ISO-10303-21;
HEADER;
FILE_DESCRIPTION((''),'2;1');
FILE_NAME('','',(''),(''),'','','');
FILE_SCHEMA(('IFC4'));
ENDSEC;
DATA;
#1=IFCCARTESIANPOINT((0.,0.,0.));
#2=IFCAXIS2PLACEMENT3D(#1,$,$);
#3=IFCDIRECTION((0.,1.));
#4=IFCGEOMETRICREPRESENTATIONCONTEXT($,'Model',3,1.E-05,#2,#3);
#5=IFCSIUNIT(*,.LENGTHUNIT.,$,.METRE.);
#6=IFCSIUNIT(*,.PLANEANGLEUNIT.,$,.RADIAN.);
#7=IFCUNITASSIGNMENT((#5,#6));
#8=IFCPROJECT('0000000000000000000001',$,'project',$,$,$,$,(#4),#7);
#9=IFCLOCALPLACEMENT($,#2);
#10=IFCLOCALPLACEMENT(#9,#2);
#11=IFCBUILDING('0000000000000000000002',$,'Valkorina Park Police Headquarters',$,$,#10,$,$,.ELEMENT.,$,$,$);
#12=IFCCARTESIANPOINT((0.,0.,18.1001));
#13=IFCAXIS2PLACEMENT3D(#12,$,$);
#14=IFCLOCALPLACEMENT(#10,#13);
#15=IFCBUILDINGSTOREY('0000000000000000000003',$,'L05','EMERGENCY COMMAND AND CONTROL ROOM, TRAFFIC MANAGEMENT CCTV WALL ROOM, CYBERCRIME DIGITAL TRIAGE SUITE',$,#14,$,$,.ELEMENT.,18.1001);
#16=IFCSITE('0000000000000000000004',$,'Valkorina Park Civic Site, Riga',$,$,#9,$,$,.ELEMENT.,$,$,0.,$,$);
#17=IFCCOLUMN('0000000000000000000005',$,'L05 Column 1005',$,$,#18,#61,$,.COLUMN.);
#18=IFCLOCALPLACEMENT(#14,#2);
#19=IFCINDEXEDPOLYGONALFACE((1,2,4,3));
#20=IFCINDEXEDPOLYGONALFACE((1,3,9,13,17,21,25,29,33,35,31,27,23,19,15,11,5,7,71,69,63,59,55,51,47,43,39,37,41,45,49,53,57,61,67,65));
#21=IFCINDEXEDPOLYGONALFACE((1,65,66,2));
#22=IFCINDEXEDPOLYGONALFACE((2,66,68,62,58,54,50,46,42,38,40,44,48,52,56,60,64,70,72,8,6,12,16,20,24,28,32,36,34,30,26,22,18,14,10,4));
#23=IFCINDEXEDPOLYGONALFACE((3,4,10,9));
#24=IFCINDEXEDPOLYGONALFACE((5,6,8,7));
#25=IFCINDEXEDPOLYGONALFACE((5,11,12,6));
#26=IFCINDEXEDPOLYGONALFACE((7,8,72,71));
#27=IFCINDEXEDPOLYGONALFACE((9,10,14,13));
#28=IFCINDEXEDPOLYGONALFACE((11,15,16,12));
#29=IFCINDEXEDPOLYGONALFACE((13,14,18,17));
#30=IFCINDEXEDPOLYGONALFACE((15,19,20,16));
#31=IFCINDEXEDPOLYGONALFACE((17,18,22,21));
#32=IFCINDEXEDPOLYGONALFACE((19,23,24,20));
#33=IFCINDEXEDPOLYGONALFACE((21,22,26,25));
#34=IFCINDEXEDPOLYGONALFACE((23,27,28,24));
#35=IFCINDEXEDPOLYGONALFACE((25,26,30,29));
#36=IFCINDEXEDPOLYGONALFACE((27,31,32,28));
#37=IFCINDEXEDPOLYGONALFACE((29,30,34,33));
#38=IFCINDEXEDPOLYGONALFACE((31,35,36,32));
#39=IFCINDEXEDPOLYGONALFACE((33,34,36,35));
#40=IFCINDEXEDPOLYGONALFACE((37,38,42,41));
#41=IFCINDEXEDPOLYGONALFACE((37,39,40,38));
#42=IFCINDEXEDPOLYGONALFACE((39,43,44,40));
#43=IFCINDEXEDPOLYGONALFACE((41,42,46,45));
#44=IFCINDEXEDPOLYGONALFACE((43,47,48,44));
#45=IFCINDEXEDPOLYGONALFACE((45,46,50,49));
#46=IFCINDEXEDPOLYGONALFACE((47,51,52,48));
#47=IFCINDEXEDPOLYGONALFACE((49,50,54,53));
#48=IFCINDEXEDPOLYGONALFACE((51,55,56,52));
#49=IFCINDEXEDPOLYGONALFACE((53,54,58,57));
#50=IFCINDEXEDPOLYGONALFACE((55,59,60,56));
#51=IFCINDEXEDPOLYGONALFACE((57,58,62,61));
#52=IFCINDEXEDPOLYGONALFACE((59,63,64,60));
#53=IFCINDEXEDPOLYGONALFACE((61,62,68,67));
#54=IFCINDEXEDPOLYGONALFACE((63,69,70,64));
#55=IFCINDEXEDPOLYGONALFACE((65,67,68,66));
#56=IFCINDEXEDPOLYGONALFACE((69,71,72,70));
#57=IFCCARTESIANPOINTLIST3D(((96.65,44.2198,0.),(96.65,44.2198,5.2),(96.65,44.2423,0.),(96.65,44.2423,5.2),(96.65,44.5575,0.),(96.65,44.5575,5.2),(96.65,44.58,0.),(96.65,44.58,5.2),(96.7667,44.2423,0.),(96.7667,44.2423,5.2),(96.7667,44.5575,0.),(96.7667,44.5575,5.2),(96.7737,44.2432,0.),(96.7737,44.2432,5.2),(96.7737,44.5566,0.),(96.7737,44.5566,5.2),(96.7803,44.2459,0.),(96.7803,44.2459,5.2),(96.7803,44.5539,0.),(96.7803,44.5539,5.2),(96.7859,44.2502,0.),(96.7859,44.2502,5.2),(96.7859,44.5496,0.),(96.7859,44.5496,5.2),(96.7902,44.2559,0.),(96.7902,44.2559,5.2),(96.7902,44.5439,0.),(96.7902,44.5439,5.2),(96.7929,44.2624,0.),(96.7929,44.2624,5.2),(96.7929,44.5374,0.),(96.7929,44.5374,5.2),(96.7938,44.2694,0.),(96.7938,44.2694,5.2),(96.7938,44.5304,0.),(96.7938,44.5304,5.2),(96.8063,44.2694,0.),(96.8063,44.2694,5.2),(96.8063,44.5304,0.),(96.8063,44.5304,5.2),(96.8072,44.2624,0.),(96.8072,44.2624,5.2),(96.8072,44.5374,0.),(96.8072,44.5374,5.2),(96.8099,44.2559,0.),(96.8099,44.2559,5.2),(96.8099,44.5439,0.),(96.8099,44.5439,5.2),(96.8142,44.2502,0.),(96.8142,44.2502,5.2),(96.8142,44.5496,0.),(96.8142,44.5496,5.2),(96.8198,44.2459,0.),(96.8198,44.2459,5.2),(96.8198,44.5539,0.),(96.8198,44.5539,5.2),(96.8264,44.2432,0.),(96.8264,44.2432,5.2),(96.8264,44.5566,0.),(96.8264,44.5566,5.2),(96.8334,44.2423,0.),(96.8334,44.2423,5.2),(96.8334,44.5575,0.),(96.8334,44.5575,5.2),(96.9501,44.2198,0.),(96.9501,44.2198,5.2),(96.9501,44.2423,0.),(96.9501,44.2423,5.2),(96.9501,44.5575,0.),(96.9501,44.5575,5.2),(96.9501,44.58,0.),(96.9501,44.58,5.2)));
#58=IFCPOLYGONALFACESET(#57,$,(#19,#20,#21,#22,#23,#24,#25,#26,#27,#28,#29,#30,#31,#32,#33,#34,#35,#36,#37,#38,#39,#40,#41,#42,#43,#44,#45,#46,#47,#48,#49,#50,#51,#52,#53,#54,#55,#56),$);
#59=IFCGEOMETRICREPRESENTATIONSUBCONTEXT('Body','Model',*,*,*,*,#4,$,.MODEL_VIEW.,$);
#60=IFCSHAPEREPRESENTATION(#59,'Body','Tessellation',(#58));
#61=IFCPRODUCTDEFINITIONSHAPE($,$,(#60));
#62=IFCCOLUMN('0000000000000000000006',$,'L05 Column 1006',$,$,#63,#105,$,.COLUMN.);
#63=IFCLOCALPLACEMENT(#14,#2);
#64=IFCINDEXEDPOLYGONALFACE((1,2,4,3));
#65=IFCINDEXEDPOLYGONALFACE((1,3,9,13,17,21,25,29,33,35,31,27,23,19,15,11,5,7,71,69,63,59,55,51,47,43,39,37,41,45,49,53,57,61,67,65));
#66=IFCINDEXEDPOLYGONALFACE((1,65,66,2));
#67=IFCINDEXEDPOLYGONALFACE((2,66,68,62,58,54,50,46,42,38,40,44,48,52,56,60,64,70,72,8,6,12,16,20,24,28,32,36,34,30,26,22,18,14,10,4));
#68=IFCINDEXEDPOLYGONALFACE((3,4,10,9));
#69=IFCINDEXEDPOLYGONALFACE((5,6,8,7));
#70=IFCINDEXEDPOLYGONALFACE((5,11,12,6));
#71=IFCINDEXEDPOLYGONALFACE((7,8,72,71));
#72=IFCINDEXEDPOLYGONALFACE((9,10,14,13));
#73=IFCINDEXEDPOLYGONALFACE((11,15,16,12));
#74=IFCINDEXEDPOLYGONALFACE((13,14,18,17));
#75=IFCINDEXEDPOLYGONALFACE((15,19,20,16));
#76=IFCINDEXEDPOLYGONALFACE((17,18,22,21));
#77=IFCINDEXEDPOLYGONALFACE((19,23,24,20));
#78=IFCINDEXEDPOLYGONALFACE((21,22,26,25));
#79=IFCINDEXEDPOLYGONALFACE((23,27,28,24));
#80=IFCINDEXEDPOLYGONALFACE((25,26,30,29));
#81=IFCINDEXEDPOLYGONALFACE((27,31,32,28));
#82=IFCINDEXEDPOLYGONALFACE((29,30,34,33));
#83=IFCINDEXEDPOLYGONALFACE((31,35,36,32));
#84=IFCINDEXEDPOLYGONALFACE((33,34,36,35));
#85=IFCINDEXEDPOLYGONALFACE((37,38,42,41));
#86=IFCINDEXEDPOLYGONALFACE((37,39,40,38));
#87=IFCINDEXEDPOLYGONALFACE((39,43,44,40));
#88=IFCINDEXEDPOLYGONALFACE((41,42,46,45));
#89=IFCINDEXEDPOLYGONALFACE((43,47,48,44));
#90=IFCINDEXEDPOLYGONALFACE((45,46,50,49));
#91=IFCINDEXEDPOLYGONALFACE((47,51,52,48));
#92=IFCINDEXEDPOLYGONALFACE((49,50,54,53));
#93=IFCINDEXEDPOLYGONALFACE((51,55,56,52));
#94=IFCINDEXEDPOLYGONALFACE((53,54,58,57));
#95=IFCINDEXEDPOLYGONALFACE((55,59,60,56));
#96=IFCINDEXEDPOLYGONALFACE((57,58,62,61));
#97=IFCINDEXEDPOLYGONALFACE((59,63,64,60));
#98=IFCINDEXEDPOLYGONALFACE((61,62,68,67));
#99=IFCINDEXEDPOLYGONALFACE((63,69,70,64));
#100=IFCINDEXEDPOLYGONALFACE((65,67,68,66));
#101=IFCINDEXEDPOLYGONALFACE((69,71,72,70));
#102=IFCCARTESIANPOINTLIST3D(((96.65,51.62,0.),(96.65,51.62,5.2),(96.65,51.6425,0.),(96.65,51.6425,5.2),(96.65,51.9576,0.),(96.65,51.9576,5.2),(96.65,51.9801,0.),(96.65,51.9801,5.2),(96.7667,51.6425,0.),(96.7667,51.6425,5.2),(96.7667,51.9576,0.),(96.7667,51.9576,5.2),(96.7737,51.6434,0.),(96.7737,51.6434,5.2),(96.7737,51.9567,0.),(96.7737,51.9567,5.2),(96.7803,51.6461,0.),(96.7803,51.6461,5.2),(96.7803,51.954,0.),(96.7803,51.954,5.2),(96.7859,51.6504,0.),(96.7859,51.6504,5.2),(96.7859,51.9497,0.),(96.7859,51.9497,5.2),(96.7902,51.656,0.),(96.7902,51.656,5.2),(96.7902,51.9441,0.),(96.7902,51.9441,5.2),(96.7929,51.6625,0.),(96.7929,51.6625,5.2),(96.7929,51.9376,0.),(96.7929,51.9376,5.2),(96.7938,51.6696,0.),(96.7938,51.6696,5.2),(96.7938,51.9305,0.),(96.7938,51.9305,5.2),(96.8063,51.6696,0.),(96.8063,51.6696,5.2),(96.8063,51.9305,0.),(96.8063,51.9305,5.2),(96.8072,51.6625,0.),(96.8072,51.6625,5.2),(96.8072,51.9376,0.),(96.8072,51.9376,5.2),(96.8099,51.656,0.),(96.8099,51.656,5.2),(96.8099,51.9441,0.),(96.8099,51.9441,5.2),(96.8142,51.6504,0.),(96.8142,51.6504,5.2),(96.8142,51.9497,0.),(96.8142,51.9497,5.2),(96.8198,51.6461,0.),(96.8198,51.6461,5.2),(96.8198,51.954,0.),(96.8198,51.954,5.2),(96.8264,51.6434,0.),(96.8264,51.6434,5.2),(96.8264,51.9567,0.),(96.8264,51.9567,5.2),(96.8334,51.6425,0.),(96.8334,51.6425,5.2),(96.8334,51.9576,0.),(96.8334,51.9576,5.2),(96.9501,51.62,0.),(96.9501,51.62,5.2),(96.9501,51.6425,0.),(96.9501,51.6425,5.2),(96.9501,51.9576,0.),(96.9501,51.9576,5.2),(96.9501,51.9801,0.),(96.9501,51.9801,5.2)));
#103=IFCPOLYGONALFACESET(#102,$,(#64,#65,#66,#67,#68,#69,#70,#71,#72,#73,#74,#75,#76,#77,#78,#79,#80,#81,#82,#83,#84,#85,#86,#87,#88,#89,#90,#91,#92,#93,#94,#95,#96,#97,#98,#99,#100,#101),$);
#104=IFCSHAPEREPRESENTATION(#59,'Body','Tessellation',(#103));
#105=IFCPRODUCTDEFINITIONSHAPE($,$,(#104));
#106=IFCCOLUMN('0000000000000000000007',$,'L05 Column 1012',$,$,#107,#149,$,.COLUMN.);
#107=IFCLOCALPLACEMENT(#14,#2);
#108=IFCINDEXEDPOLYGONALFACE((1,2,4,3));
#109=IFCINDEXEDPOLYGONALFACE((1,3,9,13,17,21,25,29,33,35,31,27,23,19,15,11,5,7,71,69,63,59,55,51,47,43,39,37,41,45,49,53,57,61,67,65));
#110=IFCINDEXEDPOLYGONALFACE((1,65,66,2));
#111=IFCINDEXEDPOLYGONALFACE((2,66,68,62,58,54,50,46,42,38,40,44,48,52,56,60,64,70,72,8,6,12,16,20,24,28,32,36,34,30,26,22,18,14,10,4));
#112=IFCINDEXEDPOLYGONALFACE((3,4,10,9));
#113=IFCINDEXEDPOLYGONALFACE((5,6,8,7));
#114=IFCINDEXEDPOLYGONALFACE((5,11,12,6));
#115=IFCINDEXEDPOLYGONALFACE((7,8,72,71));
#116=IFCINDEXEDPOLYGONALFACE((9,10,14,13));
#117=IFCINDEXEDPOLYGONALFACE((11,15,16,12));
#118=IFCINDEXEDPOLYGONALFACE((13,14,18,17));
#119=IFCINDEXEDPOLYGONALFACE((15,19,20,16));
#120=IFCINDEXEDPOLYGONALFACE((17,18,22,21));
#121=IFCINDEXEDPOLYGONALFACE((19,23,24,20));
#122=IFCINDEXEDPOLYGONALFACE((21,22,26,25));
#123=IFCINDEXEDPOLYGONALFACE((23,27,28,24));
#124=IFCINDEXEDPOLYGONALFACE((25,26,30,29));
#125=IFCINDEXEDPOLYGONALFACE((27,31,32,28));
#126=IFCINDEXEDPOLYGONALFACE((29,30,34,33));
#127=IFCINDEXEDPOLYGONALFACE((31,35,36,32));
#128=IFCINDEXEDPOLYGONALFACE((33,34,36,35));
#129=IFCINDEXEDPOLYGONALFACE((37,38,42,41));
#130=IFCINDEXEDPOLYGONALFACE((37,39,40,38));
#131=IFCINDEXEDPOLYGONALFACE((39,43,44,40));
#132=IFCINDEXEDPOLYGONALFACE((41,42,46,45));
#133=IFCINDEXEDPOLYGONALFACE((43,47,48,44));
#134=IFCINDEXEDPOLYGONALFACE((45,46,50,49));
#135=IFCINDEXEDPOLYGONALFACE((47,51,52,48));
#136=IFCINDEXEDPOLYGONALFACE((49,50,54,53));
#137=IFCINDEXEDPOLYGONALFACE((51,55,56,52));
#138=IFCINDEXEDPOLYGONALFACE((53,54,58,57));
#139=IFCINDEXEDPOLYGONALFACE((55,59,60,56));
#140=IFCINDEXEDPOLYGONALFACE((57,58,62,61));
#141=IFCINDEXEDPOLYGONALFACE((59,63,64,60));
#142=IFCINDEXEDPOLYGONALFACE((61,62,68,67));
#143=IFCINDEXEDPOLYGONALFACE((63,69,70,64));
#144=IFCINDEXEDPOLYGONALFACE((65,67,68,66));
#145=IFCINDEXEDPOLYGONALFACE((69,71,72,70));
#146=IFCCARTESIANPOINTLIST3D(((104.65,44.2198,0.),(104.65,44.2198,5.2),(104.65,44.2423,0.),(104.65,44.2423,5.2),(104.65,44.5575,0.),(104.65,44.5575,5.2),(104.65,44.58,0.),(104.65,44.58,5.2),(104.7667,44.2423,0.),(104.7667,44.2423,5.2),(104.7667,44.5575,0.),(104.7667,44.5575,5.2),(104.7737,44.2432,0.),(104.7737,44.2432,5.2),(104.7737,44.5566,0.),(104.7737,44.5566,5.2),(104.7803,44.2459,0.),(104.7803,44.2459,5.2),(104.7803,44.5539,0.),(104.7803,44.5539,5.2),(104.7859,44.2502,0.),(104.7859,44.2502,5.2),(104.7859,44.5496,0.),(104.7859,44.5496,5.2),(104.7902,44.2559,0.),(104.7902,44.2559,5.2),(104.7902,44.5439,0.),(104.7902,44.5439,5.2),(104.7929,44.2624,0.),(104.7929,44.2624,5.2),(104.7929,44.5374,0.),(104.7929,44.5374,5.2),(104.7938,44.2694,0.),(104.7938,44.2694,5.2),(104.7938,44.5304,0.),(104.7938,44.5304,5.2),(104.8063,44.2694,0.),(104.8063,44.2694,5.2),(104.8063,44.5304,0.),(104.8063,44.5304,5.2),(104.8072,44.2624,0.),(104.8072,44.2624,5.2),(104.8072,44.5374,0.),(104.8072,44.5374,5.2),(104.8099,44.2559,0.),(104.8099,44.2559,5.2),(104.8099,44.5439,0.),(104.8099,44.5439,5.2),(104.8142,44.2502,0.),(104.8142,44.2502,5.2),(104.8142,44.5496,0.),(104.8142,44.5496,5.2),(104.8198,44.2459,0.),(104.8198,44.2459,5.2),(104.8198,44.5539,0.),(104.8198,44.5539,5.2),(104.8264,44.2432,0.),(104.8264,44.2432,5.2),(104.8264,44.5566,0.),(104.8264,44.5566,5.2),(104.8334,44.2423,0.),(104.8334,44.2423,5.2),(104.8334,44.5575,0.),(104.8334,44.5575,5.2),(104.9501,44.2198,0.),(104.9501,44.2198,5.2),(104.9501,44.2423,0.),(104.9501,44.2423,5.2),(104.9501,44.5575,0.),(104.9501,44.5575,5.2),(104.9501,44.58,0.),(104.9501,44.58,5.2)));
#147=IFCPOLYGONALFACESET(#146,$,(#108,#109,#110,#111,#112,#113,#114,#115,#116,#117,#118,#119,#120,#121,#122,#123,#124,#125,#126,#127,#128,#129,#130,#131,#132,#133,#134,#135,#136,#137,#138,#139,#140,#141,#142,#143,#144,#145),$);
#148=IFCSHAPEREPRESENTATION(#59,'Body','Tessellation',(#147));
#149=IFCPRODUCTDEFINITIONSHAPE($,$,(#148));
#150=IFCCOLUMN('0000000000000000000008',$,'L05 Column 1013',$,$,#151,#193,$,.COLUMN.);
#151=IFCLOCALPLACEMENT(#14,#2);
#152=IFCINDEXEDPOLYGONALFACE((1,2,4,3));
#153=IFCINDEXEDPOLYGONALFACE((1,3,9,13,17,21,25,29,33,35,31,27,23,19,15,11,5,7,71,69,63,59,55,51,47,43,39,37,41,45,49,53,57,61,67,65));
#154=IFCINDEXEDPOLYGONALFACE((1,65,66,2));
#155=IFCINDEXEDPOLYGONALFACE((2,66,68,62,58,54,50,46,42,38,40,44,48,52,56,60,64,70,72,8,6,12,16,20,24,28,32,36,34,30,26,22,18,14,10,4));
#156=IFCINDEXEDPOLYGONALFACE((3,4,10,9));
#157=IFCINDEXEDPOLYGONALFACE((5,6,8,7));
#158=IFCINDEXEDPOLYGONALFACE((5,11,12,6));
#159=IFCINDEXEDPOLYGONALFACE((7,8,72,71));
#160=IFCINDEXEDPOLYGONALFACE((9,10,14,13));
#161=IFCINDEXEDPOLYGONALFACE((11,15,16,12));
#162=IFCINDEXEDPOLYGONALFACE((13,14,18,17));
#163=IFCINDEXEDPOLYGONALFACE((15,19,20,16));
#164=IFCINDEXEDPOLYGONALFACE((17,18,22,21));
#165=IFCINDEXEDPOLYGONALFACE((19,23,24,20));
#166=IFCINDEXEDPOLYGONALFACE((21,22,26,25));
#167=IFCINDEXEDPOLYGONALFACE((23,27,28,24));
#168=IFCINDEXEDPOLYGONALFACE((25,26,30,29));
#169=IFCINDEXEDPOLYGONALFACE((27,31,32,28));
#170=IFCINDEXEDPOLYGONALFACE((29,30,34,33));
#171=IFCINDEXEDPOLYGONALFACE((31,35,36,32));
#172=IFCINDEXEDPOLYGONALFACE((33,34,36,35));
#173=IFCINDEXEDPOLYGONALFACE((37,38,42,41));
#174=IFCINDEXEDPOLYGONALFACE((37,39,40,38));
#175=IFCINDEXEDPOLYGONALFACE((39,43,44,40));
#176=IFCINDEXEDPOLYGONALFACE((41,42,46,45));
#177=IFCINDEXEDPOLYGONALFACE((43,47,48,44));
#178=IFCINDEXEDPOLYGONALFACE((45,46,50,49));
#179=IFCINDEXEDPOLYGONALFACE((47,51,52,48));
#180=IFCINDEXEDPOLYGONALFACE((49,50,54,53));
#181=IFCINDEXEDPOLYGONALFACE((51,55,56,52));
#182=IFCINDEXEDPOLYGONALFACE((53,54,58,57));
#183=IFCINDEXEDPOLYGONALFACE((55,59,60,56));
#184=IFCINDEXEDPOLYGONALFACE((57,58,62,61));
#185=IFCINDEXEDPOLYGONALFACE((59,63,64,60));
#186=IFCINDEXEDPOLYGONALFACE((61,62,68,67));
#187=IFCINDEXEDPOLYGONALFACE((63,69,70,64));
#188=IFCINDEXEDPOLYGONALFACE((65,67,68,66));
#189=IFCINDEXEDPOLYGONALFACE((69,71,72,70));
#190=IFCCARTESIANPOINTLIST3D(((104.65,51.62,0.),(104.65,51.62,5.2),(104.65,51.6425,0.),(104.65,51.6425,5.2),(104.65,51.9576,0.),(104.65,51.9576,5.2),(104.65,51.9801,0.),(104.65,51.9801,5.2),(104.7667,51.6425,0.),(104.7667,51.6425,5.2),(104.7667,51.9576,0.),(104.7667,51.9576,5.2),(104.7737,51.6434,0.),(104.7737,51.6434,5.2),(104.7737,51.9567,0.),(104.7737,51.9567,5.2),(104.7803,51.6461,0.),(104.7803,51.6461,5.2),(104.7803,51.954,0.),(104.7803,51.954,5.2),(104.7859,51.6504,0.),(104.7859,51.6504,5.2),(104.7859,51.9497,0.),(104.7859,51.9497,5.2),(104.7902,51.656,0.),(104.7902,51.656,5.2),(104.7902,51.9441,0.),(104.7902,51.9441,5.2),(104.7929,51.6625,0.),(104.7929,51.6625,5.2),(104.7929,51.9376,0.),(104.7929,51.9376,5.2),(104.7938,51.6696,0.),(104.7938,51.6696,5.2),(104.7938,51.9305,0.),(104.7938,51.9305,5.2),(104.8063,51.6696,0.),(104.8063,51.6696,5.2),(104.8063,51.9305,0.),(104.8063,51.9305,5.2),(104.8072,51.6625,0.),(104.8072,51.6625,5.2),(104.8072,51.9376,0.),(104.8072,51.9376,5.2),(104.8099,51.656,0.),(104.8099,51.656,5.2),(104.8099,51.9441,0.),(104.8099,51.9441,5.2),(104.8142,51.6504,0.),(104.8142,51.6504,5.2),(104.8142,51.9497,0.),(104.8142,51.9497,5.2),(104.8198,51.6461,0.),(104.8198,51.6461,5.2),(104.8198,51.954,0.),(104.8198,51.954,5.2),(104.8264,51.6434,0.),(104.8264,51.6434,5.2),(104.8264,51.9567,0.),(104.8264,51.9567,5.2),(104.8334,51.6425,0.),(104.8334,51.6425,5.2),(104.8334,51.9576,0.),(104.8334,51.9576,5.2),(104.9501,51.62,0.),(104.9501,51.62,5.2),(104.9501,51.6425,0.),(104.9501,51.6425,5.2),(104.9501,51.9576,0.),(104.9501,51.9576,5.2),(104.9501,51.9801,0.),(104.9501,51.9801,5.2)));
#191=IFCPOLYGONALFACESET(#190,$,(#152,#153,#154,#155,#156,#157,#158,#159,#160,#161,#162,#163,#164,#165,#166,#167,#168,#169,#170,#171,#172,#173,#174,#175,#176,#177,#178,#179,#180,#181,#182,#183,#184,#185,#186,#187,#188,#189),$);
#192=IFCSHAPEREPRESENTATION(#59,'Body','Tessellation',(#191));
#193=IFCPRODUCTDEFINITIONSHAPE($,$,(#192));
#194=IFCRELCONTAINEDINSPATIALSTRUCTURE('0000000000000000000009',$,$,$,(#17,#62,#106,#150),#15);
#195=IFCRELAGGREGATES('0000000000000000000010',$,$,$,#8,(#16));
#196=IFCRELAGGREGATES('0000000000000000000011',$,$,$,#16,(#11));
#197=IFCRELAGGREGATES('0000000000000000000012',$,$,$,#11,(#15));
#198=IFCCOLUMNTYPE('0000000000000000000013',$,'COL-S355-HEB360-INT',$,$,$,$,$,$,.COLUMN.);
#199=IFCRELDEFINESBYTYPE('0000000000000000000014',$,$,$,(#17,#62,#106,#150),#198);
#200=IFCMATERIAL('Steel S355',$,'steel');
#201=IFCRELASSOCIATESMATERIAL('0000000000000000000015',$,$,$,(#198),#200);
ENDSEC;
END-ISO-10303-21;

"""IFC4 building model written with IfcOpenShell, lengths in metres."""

from ifc_helpers import new_model, si_unit, direction, frame, origin, origin_2d, place, context, subcontext, project, spatial, i_section, extrude, material, material_profile, profile_set, type_object, element, save


model = new_model("IFC4")

# Units and contexts
model_context = context("Model", 3, precision=1e-05, world=origin(), true_north=direction((0.0, 1.0)))
body_context = subcontext(model_context, "Body", "Model", "MODEL_VIEW")
ifc_project = project(units=[si_unit("LENGTHUNIT", "METRE"), si_unit("PLANEANGLEUNIT", "RADIAN")], contexts=[model_context])

# Site, building, storey
site_placement = place(None, origin())
site = spatial("IfcSite", under=ifc_project, at=site_placement, Name="Valkorina Park Civic Site, Riga", CompositionType="ELEMENT", RefElevation=0.0)
building_placement = place(site_placement, origin())
building = spatial("IfcBuilding", under=site, at=building_placement, Name="Valkorina Park Police Headquarters", CompositionType="ELEMENT")
storey_placement = place(building_placement, frame((0.0, 0.0, 18.1001)))
storey = spatial("IfcBuildingStorey", under=building, at=storey_placement, Name="L05", Description="EMERGENCY COMMAND AND CONTROL ROOM, TRAFFIC MANAGEMENT CCTV WALL ROOM, CYBERCRIME DIGITAL TRIAGE SUITE", CompositionType="ELEMENT", Elevation=18.1001)

# Columns
ifc_material_1 = material(Name="Steel S355", Category="steel")
ifc_material_profile_1 = material_profile(ifc_material_1, i_section(OverallWidth=0.3, OverallDepth=0.3601, WebThickness=0.0125, FlangeThickness=0.0225, FilletRadius=0.0271, at=origin_2d()), Name="HEB 360")
ifc_profile_set_1 = profile_set([ifc_material_profile_1], Name="Steel S355")
column_type = type_object("IfcColumnType", Name="COL-S355-HEB360-INT", PredefinedType="COLUMN", material=ifc_profile_set_1)
for number, where, z_axis, x_axis, name in (
    (1, (96.8, 44.3999, 0.0), (0.0, 0.0, 1.0), (1.0, 0.0, 0.0), "L05 Column 1005"),
    (2, (96.8, 51.8, 0.0), (0.0, 0.0, 1.0), (1.0, 0.0, 0.0), "L05 Column 1006"),
    (3, (104.8, 44.3999, 0.0), (0.0, 0.0, 1.0), (1.0, 0.0, 0.0), "L05 Column 1012"),
    (4, (104.8, 51.8, 0.0), (0.0, 0.0, 1.0), (1.0, 0.0, 0.0), "L05 Column 1013"),
):
    element("IfcColumn", number, at=place(storey_placement, frame(where, z_axis=z_axis, x_axis=x_axis)), inside=storey, type_object=column_type, Name=name, PredefinedType="COLUMN", context=body_context, shape_type="SweptSolid", body=[
        extrude(i_section(OverallWidth=0.3, OverallDepth=0.3601, WebThickness=0.0125, FlangeThickness=0.0225, FilletRadius=0.0271, at=origin_2d()), origin(), (0.0, 0.0, 1.0), 5.2),
    ])

save(model, "model.ifc")
